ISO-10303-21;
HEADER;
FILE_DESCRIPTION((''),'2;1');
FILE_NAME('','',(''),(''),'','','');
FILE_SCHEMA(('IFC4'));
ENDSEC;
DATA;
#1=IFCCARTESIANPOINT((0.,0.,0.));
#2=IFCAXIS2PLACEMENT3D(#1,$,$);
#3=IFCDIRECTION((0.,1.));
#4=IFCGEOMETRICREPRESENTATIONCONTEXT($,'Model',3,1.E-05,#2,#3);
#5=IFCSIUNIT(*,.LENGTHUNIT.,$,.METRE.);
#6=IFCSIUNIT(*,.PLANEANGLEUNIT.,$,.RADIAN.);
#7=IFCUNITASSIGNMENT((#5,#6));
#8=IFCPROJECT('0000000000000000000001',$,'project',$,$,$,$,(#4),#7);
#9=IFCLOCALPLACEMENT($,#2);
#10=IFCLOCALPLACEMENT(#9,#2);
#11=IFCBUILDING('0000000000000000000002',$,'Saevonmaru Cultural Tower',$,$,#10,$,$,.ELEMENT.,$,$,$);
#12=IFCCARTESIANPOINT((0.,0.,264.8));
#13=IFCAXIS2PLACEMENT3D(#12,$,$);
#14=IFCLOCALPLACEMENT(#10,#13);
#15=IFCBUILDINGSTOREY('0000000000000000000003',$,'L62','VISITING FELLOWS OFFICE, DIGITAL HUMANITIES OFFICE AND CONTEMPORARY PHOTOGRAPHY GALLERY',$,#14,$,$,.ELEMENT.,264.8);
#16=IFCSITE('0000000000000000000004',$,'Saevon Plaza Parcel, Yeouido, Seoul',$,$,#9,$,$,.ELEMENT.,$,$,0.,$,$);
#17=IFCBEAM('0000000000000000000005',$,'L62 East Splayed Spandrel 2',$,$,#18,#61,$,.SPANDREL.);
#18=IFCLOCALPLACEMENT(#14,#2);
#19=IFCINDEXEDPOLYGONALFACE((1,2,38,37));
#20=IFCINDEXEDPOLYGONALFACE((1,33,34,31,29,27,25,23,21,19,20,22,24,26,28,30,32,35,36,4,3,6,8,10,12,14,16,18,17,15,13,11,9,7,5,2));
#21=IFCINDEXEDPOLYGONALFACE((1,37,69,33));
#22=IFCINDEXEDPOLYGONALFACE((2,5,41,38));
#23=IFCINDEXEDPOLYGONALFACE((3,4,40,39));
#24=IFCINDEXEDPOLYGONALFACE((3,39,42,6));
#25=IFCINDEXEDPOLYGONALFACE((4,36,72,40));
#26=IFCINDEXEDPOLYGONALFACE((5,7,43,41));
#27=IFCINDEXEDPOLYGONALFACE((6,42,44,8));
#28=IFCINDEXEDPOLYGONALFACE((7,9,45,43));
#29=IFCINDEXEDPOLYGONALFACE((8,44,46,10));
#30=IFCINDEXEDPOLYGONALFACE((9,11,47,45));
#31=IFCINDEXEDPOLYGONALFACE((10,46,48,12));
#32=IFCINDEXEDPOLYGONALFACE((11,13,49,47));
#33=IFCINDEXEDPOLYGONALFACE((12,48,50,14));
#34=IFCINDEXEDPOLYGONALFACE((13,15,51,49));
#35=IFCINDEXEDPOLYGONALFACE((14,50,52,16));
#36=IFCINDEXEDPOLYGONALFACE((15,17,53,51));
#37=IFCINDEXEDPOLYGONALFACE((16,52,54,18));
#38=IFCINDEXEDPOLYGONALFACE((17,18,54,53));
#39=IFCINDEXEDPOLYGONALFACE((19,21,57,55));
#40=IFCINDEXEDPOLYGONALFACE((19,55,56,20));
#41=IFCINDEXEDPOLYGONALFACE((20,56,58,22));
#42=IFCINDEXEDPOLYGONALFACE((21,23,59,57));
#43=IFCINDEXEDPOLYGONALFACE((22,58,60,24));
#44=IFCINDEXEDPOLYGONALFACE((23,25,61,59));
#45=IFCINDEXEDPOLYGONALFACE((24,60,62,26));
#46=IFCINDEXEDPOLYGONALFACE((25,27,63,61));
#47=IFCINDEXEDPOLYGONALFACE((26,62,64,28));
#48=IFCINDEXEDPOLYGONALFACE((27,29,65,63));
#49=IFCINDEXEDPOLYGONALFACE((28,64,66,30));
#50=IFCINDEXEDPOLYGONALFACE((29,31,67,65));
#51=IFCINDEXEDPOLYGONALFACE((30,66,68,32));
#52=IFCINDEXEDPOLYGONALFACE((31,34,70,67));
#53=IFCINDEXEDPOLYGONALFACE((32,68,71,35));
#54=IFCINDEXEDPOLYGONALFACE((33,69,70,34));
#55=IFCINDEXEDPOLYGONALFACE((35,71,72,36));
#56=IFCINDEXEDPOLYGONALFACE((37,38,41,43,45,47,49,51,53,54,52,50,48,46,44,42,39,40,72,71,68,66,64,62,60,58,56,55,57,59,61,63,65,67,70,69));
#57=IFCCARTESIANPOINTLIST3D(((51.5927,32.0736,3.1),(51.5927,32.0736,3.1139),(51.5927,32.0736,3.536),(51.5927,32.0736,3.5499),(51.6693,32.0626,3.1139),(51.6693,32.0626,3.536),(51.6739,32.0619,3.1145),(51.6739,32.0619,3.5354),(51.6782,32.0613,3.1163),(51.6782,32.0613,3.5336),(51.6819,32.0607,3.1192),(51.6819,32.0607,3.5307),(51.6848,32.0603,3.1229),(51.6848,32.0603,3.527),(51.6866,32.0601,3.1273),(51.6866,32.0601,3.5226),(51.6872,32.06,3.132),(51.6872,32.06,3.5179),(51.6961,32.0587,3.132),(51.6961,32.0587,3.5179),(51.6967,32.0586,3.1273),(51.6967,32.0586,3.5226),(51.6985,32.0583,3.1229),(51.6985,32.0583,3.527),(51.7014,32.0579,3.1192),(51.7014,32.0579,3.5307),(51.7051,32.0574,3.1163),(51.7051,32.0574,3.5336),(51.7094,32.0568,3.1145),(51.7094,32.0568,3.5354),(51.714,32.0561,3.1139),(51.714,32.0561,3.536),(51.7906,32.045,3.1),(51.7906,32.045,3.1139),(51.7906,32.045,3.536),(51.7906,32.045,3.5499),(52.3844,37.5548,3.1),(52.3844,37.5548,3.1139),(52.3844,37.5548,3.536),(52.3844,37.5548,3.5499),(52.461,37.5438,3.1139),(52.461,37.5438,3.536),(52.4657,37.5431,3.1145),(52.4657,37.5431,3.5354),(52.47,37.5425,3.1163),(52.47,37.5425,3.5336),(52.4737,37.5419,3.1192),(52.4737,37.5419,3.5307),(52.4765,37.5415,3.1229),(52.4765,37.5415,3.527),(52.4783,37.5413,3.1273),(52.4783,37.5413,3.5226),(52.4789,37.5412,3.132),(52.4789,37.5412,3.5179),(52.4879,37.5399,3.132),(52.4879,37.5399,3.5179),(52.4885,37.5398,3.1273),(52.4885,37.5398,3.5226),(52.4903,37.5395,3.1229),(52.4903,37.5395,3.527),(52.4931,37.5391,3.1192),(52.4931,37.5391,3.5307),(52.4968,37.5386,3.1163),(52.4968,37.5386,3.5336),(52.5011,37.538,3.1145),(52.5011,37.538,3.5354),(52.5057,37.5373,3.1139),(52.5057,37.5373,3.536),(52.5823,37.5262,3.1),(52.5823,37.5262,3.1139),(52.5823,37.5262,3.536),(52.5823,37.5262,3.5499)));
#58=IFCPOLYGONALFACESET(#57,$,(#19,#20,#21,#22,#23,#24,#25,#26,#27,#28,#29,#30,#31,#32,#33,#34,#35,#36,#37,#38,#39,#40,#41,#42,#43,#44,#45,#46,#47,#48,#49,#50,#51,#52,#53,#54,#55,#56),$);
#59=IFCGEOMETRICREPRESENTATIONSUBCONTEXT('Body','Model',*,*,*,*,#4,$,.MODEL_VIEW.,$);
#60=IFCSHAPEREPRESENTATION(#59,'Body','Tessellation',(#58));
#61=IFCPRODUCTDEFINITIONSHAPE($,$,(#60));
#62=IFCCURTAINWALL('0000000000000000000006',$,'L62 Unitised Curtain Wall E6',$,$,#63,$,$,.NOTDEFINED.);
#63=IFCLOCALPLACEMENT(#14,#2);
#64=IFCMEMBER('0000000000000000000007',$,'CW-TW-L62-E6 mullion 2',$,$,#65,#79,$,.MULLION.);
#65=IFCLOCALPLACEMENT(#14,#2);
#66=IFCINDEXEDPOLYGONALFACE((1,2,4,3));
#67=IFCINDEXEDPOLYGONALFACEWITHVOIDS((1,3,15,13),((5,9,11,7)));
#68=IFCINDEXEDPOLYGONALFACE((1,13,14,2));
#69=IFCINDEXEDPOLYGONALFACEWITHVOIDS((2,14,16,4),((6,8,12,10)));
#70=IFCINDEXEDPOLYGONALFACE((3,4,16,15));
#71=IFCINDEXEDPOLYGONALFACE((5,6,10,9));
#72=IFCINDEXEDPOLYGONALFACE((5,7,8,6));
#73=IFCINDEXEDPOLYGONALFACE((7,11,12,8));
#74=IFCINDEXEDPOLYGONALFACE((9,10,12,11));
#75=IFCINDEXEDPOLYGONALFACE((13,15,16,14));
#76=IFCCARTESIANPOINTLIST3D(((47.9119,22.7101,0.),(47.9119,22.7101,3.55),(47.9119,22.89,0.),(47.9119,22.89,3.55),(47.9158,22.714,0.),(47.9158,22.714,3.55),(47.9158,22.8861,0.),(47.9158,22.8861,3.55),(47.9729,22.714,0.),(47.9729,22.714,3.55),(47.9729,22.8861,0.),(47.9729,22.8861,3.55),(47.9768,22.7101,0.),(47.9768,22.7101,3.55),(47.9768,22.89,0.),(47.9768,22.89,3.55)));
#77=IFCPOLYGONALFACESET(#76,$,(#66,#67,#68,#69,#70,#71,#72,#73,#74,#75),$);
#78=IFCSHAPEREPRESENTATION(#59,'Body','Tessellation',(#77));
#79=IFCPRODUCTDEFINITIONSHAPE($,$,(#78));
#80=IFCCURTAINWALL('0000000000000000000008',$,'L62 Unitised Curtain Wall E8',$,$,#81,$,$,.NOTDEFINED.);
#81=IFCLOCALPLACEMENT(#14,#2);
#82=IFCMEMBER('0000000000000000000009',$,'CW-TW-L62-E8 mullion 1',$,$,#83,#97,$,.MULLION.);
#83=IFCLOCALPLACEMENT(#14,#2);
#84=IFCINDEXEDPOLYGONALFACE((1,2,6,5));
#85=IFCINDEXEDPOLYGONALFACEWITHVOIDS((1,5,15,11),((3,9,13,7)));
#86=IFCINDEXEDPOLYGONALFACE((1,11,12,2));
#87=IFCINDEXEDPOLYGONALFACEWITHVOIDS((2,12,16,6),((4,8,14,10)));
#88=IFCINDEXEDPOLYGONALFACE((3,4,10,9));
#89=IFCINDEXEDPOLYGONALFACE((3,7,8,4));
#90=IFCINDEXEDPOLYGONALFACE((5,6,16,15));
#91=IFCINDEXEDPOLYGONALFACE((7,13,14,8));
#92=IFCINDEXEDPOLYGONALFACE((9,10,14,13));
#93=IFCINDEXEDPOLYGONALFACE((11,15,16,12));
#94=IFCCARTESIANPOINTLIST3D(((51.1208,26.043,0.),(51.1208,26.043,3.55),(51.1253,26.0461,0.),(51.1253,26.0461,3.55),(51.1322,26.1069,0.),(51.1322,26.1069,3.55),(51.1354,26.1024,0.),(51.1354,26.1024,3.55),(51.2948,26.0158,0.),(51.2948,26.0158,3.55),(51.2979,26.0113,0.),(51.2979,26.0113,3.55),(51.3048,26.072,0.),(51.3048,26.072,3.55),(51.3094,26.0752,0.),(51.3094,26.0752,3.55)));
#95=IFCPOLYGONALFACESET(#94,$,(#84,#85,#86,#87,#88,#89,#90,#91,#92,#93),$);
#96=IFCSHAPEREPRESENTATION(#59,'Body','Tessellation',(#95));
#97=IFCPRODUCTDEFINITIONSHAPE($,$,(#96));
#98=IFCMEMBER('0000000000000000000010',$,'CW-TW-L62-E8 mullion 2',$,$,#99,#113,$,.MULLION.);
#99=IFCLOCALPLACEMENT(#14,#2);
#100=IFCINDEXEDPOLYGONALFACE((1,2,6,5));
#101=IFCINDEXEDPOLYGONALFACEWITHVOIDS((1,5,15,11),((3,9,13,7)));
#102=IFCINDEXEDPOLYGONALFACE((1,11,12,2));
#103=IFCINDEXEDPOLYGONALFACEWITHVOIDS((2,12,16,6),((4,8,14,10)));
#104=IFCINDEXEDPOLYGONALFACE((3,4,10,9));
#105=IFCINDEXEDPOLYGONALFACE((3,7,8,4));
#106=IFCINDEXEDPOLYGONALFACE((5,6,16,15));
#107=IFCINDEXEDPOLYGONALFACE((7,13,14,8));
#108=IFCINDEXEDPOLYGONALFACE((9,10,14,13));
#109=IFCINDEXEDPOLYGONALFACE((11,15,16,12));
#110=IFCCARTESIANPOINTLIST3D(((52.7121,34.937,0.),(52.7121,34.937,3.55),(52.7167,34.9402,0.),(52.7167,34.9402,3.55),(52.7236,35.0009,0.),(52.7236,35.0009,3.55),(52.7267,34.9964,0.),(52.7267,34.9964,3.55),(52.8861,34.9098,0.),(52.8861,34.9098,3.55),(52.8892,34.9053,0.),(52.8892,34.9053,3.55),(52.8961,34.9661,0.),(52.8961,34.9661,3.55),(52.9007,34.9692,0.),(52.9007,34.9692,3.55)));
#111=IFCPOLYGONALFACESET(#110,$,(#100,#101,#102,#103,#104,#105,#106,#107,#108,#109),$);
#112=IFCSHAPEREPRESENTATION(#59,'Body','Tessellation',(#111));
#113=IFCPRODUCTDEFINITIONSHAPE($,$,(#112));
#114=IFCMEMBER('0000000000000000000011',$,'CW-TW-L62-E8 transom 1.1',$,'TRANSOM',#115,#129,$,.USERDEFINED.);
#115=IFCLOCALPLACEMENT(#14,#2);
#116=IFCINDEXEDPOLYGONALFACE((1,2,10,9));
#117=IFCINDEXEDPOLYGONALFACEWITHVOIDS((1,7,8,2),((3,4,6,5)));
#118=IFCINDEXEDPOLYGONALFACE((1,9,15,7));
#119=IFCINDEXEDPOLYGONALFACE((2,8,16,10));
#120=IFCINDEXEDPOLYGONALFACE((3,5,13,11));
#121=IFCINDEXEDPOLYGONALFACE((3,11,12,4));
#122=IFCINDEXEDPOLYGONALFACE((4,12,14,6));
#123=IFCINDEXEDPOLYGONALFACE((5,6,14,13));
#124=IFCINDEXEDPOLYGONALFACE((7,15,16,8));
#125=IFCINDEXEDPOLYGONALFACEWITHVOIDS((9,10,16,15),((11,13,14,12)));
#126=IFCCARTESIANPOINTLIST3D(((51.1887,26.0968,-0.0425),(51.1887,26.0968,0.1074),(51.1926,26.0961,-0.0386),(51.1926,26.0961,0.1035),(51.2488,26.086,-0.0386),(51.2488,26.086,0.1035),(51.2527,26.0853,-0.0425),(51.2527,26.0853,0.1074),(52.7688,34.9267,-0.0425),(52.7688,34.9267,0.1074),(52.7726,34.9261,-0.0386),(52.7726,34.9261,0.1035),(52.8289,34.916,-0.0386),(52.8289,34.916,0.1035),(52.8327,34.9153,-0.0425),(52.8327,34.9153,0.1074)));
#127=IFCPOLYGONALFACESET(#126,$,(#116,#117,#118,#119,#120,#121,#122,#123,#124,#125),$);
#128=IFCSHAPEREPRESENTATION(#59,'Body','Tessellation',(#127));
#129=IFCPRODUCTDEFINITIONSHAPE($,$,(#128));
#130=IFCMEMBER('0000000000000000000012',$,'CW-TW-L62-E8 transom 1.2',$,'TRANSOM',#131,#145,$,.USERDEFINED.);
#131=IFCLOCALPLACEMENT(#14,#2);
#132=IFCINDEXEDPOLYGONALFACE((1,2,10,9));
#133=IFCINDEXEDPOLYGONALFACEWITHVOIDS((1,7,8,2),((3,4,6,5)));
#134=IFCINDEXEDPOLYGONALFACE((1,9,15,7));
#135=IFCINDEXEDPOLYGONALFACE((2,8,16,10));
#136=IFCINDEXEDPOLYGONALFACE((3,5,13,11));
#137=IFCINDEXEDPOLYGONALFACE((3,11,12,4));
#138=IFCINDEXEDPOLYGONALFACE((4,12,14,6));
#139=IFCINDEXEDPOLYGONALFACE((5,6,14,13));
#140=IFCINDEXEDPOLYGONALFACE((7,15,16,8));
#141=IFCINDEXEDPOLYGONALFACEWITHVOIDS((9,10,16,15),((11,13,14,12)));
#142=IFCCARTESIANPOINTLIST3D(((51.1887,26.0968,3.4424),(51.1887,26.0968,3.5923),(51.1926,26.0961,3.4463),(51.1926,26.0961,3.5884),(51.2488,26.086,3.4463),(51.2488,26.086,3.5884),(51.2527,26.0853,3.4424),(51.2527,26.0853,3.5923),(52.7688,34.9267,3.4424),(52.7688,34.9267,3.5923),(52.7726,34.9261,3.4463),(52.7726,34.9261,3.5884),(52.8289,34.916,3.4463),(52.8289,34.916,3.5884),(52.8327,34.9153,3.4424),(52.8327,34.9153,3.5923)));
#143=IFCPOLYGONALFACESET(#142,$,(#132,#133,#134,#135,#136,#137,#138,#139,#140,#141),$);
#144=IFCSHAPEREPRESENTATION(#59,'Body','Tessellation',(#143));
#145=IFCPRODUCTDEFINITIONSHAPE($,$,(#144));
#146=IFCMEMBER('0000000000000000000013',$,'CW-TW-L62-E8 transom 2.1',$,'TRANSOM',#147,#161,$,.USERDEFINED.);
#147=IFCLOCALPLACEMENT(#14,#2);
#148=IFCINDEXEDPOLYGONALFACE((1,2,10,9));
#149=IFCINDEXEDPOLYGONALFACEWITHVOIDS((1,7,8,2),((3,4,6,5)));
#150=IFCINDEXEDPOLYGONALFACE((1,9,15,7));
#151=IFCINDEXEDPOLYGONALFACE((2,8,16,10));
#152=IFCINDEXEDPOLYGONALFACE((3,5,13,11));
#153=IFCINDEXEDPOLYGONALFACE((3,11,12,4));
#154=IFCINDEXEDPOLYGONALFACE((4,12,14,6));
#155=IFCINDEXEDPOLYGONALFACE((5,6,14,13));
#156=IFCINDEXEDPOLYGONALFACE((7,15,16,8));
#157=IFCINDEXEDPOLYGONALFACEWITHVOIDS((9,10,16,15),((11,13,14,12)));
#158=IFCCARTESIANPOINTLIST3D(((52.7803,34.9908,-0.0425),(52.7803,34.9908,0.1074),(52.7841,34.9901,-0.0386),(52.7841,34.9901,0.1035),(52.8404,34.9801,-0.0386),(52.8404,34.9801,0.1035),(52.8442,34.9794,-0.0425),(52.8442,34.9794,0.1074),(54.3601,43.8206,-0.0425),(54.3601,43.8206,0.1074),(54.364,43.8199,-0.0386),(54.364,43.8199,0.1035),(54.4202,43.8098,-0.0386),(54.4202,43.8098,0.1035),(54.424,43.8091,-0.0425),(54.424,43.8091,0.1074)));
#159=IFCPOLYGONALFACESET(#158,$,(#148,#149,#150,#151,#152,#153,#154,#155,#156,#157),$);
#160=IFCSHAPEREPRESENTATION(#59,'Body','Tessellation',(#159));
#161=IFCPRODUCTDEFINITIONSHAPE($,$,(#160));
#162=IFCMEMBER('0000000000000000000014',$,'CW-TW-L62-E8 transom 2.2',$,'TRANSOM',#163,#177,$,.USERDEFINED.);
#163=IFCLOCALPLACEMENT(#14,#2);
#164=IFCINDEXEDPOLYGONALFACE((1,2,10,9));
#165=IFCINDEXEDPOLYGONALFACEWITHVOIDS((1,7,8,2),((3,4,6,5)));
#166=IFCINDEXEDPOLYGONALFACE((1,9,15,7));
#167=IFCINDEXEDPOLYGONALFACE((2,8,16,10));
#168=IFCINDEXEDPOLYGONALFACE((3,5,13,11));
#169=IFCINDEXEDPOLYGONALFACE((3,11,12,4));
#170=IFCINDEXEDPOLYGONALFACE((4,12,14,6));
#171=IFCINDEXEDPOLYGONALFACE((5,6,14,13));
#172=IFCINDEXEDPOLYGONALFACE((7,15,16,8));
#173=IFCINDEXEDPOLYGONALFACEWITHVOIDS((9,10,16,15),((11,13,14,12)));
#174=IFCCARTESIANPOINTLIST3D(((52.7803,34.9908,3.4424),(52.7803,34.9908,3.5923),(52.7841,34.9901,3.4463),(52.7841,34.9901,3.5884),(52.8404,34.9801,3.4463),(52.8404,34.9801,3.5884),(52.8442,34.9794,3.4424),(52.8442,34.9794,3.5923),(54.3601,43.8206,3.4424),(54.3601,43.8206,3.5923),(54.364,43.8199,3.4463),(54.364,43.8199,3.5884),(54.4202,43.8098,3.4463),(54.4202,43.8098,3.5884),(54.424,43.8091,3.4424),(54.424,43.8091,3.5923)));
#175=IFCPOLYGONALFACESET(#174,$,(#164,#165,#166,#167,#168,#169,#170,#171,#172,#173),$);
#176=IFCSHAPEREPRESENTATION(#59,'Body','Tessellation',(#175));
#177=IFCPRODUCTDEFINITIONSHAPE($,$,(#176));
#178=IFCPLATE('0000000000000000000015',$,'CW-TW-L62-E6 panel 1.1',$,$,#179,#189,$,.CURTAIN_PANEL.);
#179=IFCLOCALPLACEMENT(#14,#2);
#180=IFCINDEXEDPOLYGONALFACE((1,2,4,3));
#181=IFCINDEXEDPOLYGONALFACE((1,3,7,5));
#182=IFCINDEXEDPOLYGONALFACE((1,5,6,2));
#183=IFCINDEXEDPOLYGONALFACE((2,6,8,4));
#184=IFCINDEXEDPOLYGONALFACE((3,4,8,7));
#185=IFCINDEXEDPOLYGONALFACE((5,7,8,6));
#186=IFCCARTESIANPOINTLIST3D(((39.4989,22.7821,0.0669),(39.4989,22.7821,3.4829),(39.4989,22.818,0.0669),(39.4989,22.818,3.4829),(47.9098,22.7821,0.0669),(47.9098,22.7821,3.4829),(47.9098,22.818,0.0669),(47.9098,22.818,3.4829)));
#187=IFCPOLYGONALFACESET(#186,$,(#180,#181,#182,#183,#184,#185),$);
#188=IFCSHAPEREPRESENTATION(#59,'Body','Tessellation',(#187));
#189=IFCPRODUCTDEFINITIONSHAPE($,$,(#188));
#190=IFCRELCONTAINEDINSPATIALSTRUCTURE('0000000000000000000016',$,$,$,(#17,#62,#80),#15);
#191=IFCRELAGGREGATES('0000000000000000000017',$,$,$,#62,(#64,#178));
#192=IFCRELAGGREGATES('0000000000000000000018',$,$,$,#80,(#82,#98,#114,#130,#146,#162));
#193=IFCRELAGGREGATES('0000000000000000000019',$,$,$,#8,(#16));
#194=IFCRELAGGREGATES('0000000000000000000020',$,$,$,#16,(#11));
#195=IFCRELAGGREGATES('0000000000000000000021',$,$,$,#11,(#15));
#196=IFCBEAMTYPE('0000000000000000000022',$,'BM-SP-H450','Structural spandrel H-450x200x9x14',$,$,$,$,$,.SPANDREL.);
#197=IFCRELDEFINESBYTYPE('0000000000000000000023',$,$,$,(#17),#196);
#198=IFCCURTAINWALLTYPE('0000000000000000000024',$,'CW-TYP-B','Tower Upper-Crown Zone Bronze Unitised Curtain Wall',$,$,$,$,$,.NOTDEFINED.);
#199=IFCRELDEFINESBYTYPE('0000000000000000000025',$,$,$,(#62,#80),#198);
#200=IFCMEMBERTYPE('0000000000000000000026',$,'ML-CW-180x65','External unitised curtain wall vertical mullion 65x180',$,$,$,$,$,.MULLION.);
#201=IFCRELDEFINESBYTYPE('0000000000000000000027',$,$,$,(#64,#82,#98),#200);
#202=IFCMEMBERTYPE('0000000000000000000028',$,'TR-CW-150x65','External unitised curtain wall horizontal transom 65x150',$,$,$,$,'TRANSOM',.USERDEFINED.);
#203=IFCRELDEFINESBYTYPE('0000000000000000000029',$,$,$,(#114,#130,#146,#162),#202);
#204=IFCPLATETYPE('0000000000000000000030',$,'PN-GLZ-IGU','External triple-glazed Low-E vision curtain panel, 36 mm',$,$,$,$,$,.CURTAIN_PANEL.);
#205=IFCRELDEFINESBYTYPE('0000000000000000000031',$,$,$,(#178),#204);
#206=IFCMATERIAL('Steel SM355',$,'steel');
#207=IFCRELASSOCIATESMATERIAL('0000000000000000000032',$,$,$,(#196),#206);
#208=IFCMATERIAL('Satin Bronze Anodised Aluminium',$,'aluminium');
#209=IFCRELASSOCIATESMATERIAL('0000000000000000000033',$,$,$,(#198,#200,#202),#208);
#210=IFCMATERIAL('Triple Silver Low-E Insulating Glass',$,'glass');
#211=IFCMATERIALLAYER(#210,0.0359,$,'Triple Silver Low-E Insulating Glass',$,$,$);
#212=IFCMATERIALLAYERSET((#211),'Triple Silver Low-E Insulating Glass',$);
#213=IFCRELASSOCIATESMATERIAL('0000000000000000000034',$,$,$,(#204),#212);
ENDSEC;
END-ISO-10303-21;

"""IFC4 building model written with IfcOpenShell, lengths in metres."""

from ifc_helpers import new_model, si_unit, direction, frame, origin, origin_2d, place, context, subcontext, project, spatial, rectangle, hollow_rectangle, i_section, extrude, material, layer, layer_set, material_profile, profile_set, type_object, element, aggregate, save


model = new_model("IFC4")

# Units and contexts
model_context = context("Model", 3, precision=1e-05, world=origin(), true_north=direction((0.0, 1.0)))
body_context = subcontext(model_context, "Body", "Model", "MODEL_VIEW")
ifc_project = project(units=[si_unit("LENGTHUNIT", "METRE"), si_unit("PLANEANGLEUNIT", "RADIAN")], contexts=[model_context])

# Site, building, storey
site_placement = place(None, origin())
site = spatial("IfcSite", under=ifc_project, at=site_placement, Name="Saevon Plaza Parcel, Yeouido, Seoul", CompositionType="ELEMENT", RefElevation=0.0)
building_placement = place(site_placement, origin())
building = spatial("IfcBuilding", under=site, at=building_placement, Name="Saevonmaru Cultural Tower", CompositionType="ELEMENT")
storey_placement = place(building_placement, frame((0.0, 0.0, 264.8)))
storey = spatial("IfcBuildingStorey", under=building, at=storey_placement, Name="L62", Description="VISITING FELLOWS OFFICE, DIGITAL HUMANITIES OFFICE AND CONTEMPORARY PHOTOGRAPHY GALLERY", CompositionType="ELEMENT", Elevation=264.8)

# Shared definitions
ifc_material_1 = material(Name="Steel SM355", Category="steel")

# Beam
ifc_material_profile_1 = material_profile(ifc_material_1, i_section(OverallWidth=0.2, OverallDepth=0.45, WebThickness=0.009, FlangeThickness=0.0139, FilletRadius=0.0181, at=origin_2d()), Name="H-450x200x9x14")
ifc_profile_set_1 = profile_set([ifc_material_profile_1], Name="Steel SM355")
beam_type_1 = type_object("IfcBeamType", Name="BM-SP-H450", Description="Structural spandrel H-450x200x9x14", PredefinedType="SPANDREL", material=ifc_profile_set_1)
beam_1_placement = place(storey_placement, frame((51.6917, 32.0593, 3.325), z_axis=(0.142964, 0.989728, 0.0), x_axis=(-0.989728, 0.142964, 0.0)))
element("IfcBeam", 1, at=beam_1_placement, inside=storey, type_object=beam_type_1, Name="L62 East Splayed Spandrel 2", PredefinedType="SPANDREL", context=body_context, shape_type="SweptSolid", body=[
    extrude(i_section(OverallWidth=0.2, OverallDepth=0.45, WebThickness=0.009, FlangeThickness=0.0139, FilletRadius=0.0181, at=origin_2d()), origin(), (0.0, 0.0, 1.0), 5.5381),
])

# Curtain wall, member
ifc_material_2 = material(Name="Satin Bronze Anodised Aluminium", Category="aluminium")
curtain_wall_type = type_object("IfcCurtainWallType", Name="CW-TYP-B", Description="Tower Upper-Crown Zone Bronze Unitised Curtain Wall", PredefinedType="NOTDEFINED", material=ifc_material_2)
curtain_wall_1_placement = place(storey_placement, origin())
curtain_wall_1 = element("IfcCurtainWall", 2, at=curtain_wall_1_placement, inside=storey, type_object=curtain_wall_type, Name="L62 Unitised Curtain Wall E6", PredefinedType="NOTDEFINED")
ifc_material_profile_2 = material_profile(ifc_material_2, hollow_rectangle(XDim=0.0649, YDim=0.1799, WallThickness=0.0039, at=origin_2d()), Name="ALU-MULL-180x65x4")
ifc_profile_set_2 = profile_set([ifc_material_profile_2], Name="Satin Bronze Anodised Aluminium")
member_type_1 = type_object("IfcMemberType", Name="ML-CW-180x65", Description="External unitised curtain wall vertical mullion 65x180", PredefinedType="MULLION", material=ifc_profile_set_2)
member_1_placement = place(storey_placement, frame((47.9443, 22.8, 0.0), z_axis=(0.0, 0.0, 1.0), x_axis=(1.0, 0.0, 0.0)))
member_1 = element("IfcMember", 3, at=member_1_placement, type_object=member_type_1, Name="CW-TW-L62-E6 mullion 2", PredefinedType="MULLION", context=body_context, shape_type="SweptSolid", body=[
    extrude(hollow_rectangle(XDim=0.0649, YDim=0.1799, WallThickness=0.0039, at=origin_2d()), origin(), (0.0, 0.0, 1.0), 3.55),
])

# Curtain wall, members
curtain_wall_2_placement = place(storey_placement, origin())
curtain_wall_2 = element("IfcCurtainWall", 4, at=curtain_wall_2_placement, inside=storey, type_object=curtain_wall_type, Name="L62 Unitised Curtain Wall E8", PredefinedType="NOTDEFINED")
member_2_placement = place(storey_placement, frame((51.2151, 26.0591, 0.0), z_axis=(0.0, 0.0, 1.0), x_axis=(0.176141, 0.984365, 0.0)))
member_2 = element("IfcMember", 5, at=member_2_placement, type_object=member_type_1, Name="CW-TW-L62-E8 mullion 1", PredefinedType="MULLION", context=body_context, shape_type="SweptSolid", body=[
    extrude(hollow_rectangle(XDim=0.0649, YDim=0.1799, WallThickness=0.0039, at=origin_2d()), origin(), (0.0, 0.0, 1.0), 3.55),
])
member_3_placement = place(storey_placement, frame((52.8064, 34.9531, 0.0), z_axis=(0.0, 0.0, 1.0), x_axis=(0.176141, 0.984365, 0.0)))
member_3 = element("IfcMember", 6, at=member_3_placement, type_object=member_type_1, Name="CW-TW-L62-E8 mullion 2", PredefinedType="MULLION", context=body_context, shape_type="SweptSolid", body=[
    extrude(hollow_rectangle(XDim=0.0649, YDim=0.1799, WallThickness=0.0039, at=origin_2d()), origin(), (0.0, 0.0, 1.0), 3.55),
])
ifc_material_profile_3 = material_profile(ifc_material_2, hollow_rectangle(XDim=0.0649, YDim=0.1499, WallThickness=0.0039, at=origin_2d()), Name="ALU-TRAN-150x65x4")
ifc_profile_set_3 = profile_set([ifc_material_profile_3], Name="Satin Bronze Anodised Aluminium")
member_type_2 = type_object("IfcMemberType", Name="TR-CW-150x65", Description="External unitised curtain wall horizontal transom 65x150", ElementType="TRANSOM", PredefinedType="USERDEFINED", material=ifc_profile_set_3)
member_4_placement = place(storey_placement, frame((51.2207, 26.0911, 0.0325), z_axis=(0.176145, 0.984364, 0.0), x_axis=(-0.984364, 0.176145, 0.0)))
member_4 = element("IfcMember", 7, at=member_4_placement, type_object=member_type_2, Name="CW-TW-L62-E8 transom 1.1", ObjectType="TRANSOM", PredefinedType="USERDEFINED", context=body_context, shape_type="SweptSolid", body=[
    extrude(hollow_rectangle(XDim=0.0649, YDim=0.1499, WallThickness=0.0039, at=origin_2d()), origin(), (0.0, 0.0, 1.0), 8.9702),
])
member_5_placement = place(storey_placement, frame((51.2207, 26.0911, 3.5173), z_axis=(0.176145, 0.984364, 0.0), x_axis=(-0.984364, 0.176145, 0.0)))
member_5 = element("IfcMember", 8, at=member_5_placement, type_object=member_type_2, Name="CW-TW-L62-E8 transom 1.2", ObjectType="TRANSOM", PredefinedType="USERDEFINED", context=body_context, shape_type="SweptSolid", body=[
    extrude(hollow_rectangle(XDim=0.0649, YDim=0.1499, WallThickness=0.0039, at=origin_2d()), origin(), (0.0, 0.0, 1.0), 8.9702),
])
member_6_placement = place(storey_placement, frame((52.8123, 34.9851, 0.0325), z_axis=(0.176123, 0.984368, 0.0), x_axis=(-0.984368, 0.176123, 0.0)))
member_6 = element("IfcMember", 9, at=member_6_placement, type_object=member_type_2, Name="CW-TW-L62-E8 transom 2.1", ObjectType="TRANSOM", PredefinedType="USERDEFINED", context=body_context, shape_type="SweptSolid", body=[
    extrude(hollow_rectangle(XDim=0.0649, YDim=0.1499, WallThickness=0.0039, at=origin_2d()), origin(), (0.0, 0.0, 1.0), 8.97),
])
member_7_placement = place(storey_placement, frame((52.8123, 34.9851, 3.5173), z_axis=(0.176123, 0.984368, 0.0), x_axis=(-0.984368, 0.176123, 0.0)))
member_7 = element("IfcMember", 10, at=member_7_placement, type_object=member_type_2, Name="CW-TW-L62-E8 transom 2.2", ObjectType="TRANSOM", PredefinedType="USERDEFINED", context=body_context, shape_type="SweptSolid", body=[
    extrude(hollow_rectangle(XDim=0.0649, YDim=0.1499, WallThickness=0.0039, at=origin_2d()), origin(), (0.0, 0.0, 1.0), 8.97),
])

# Plate
ifc_material_3 = material(Name="Triple Silver Low-E Insulating Glass", Category="glass")
ifc_layer_1 = layer(ifc_material_3, 0.0359, Name="Triple Silver Low-E Insulating Glass")
ifc_layer_set_1 = layer_set([ifc_layer_1], Name="Triple Silver Low-E Insulating Glass")
plate_type = type_object("IfcPlateType", Name="PN-GLZ-IGU", Description="External triple-glazed Low-E vision curtain panel, 36 mm", PredefinedType="CURTAIN_PANEL", material=ifc_layer_set_1)
plate_1_placement = place(storey_placement, frame((43.7043, 22.8, 0.0669), z_axis=(0.0, 0.0, 1.0), x_axis=(1.0, 0.0, 0.0)))
plate_1 = element("IfcPlate", 11, at=plate_1_placement, type_object=plate_type, Name="CW-TW-L62-E6 panel 1.1", PredefinedType="CURTAIN_PANEL", context=body_context, shape_type="SweptSolid", body=[
    extrude(rectangle(XDim=8.4109, YDim=0.0359, at=origin_2d()), origin(), (0.0, 0.0, 1.0), 3.416),
])
aggregate(curtain_wall_1, [member_1, plate_1])
aggregate(curtain_wall_2, [member_2, member_3, member_4, member_5, member_6, member_7])

save(model, "model.ifc")
